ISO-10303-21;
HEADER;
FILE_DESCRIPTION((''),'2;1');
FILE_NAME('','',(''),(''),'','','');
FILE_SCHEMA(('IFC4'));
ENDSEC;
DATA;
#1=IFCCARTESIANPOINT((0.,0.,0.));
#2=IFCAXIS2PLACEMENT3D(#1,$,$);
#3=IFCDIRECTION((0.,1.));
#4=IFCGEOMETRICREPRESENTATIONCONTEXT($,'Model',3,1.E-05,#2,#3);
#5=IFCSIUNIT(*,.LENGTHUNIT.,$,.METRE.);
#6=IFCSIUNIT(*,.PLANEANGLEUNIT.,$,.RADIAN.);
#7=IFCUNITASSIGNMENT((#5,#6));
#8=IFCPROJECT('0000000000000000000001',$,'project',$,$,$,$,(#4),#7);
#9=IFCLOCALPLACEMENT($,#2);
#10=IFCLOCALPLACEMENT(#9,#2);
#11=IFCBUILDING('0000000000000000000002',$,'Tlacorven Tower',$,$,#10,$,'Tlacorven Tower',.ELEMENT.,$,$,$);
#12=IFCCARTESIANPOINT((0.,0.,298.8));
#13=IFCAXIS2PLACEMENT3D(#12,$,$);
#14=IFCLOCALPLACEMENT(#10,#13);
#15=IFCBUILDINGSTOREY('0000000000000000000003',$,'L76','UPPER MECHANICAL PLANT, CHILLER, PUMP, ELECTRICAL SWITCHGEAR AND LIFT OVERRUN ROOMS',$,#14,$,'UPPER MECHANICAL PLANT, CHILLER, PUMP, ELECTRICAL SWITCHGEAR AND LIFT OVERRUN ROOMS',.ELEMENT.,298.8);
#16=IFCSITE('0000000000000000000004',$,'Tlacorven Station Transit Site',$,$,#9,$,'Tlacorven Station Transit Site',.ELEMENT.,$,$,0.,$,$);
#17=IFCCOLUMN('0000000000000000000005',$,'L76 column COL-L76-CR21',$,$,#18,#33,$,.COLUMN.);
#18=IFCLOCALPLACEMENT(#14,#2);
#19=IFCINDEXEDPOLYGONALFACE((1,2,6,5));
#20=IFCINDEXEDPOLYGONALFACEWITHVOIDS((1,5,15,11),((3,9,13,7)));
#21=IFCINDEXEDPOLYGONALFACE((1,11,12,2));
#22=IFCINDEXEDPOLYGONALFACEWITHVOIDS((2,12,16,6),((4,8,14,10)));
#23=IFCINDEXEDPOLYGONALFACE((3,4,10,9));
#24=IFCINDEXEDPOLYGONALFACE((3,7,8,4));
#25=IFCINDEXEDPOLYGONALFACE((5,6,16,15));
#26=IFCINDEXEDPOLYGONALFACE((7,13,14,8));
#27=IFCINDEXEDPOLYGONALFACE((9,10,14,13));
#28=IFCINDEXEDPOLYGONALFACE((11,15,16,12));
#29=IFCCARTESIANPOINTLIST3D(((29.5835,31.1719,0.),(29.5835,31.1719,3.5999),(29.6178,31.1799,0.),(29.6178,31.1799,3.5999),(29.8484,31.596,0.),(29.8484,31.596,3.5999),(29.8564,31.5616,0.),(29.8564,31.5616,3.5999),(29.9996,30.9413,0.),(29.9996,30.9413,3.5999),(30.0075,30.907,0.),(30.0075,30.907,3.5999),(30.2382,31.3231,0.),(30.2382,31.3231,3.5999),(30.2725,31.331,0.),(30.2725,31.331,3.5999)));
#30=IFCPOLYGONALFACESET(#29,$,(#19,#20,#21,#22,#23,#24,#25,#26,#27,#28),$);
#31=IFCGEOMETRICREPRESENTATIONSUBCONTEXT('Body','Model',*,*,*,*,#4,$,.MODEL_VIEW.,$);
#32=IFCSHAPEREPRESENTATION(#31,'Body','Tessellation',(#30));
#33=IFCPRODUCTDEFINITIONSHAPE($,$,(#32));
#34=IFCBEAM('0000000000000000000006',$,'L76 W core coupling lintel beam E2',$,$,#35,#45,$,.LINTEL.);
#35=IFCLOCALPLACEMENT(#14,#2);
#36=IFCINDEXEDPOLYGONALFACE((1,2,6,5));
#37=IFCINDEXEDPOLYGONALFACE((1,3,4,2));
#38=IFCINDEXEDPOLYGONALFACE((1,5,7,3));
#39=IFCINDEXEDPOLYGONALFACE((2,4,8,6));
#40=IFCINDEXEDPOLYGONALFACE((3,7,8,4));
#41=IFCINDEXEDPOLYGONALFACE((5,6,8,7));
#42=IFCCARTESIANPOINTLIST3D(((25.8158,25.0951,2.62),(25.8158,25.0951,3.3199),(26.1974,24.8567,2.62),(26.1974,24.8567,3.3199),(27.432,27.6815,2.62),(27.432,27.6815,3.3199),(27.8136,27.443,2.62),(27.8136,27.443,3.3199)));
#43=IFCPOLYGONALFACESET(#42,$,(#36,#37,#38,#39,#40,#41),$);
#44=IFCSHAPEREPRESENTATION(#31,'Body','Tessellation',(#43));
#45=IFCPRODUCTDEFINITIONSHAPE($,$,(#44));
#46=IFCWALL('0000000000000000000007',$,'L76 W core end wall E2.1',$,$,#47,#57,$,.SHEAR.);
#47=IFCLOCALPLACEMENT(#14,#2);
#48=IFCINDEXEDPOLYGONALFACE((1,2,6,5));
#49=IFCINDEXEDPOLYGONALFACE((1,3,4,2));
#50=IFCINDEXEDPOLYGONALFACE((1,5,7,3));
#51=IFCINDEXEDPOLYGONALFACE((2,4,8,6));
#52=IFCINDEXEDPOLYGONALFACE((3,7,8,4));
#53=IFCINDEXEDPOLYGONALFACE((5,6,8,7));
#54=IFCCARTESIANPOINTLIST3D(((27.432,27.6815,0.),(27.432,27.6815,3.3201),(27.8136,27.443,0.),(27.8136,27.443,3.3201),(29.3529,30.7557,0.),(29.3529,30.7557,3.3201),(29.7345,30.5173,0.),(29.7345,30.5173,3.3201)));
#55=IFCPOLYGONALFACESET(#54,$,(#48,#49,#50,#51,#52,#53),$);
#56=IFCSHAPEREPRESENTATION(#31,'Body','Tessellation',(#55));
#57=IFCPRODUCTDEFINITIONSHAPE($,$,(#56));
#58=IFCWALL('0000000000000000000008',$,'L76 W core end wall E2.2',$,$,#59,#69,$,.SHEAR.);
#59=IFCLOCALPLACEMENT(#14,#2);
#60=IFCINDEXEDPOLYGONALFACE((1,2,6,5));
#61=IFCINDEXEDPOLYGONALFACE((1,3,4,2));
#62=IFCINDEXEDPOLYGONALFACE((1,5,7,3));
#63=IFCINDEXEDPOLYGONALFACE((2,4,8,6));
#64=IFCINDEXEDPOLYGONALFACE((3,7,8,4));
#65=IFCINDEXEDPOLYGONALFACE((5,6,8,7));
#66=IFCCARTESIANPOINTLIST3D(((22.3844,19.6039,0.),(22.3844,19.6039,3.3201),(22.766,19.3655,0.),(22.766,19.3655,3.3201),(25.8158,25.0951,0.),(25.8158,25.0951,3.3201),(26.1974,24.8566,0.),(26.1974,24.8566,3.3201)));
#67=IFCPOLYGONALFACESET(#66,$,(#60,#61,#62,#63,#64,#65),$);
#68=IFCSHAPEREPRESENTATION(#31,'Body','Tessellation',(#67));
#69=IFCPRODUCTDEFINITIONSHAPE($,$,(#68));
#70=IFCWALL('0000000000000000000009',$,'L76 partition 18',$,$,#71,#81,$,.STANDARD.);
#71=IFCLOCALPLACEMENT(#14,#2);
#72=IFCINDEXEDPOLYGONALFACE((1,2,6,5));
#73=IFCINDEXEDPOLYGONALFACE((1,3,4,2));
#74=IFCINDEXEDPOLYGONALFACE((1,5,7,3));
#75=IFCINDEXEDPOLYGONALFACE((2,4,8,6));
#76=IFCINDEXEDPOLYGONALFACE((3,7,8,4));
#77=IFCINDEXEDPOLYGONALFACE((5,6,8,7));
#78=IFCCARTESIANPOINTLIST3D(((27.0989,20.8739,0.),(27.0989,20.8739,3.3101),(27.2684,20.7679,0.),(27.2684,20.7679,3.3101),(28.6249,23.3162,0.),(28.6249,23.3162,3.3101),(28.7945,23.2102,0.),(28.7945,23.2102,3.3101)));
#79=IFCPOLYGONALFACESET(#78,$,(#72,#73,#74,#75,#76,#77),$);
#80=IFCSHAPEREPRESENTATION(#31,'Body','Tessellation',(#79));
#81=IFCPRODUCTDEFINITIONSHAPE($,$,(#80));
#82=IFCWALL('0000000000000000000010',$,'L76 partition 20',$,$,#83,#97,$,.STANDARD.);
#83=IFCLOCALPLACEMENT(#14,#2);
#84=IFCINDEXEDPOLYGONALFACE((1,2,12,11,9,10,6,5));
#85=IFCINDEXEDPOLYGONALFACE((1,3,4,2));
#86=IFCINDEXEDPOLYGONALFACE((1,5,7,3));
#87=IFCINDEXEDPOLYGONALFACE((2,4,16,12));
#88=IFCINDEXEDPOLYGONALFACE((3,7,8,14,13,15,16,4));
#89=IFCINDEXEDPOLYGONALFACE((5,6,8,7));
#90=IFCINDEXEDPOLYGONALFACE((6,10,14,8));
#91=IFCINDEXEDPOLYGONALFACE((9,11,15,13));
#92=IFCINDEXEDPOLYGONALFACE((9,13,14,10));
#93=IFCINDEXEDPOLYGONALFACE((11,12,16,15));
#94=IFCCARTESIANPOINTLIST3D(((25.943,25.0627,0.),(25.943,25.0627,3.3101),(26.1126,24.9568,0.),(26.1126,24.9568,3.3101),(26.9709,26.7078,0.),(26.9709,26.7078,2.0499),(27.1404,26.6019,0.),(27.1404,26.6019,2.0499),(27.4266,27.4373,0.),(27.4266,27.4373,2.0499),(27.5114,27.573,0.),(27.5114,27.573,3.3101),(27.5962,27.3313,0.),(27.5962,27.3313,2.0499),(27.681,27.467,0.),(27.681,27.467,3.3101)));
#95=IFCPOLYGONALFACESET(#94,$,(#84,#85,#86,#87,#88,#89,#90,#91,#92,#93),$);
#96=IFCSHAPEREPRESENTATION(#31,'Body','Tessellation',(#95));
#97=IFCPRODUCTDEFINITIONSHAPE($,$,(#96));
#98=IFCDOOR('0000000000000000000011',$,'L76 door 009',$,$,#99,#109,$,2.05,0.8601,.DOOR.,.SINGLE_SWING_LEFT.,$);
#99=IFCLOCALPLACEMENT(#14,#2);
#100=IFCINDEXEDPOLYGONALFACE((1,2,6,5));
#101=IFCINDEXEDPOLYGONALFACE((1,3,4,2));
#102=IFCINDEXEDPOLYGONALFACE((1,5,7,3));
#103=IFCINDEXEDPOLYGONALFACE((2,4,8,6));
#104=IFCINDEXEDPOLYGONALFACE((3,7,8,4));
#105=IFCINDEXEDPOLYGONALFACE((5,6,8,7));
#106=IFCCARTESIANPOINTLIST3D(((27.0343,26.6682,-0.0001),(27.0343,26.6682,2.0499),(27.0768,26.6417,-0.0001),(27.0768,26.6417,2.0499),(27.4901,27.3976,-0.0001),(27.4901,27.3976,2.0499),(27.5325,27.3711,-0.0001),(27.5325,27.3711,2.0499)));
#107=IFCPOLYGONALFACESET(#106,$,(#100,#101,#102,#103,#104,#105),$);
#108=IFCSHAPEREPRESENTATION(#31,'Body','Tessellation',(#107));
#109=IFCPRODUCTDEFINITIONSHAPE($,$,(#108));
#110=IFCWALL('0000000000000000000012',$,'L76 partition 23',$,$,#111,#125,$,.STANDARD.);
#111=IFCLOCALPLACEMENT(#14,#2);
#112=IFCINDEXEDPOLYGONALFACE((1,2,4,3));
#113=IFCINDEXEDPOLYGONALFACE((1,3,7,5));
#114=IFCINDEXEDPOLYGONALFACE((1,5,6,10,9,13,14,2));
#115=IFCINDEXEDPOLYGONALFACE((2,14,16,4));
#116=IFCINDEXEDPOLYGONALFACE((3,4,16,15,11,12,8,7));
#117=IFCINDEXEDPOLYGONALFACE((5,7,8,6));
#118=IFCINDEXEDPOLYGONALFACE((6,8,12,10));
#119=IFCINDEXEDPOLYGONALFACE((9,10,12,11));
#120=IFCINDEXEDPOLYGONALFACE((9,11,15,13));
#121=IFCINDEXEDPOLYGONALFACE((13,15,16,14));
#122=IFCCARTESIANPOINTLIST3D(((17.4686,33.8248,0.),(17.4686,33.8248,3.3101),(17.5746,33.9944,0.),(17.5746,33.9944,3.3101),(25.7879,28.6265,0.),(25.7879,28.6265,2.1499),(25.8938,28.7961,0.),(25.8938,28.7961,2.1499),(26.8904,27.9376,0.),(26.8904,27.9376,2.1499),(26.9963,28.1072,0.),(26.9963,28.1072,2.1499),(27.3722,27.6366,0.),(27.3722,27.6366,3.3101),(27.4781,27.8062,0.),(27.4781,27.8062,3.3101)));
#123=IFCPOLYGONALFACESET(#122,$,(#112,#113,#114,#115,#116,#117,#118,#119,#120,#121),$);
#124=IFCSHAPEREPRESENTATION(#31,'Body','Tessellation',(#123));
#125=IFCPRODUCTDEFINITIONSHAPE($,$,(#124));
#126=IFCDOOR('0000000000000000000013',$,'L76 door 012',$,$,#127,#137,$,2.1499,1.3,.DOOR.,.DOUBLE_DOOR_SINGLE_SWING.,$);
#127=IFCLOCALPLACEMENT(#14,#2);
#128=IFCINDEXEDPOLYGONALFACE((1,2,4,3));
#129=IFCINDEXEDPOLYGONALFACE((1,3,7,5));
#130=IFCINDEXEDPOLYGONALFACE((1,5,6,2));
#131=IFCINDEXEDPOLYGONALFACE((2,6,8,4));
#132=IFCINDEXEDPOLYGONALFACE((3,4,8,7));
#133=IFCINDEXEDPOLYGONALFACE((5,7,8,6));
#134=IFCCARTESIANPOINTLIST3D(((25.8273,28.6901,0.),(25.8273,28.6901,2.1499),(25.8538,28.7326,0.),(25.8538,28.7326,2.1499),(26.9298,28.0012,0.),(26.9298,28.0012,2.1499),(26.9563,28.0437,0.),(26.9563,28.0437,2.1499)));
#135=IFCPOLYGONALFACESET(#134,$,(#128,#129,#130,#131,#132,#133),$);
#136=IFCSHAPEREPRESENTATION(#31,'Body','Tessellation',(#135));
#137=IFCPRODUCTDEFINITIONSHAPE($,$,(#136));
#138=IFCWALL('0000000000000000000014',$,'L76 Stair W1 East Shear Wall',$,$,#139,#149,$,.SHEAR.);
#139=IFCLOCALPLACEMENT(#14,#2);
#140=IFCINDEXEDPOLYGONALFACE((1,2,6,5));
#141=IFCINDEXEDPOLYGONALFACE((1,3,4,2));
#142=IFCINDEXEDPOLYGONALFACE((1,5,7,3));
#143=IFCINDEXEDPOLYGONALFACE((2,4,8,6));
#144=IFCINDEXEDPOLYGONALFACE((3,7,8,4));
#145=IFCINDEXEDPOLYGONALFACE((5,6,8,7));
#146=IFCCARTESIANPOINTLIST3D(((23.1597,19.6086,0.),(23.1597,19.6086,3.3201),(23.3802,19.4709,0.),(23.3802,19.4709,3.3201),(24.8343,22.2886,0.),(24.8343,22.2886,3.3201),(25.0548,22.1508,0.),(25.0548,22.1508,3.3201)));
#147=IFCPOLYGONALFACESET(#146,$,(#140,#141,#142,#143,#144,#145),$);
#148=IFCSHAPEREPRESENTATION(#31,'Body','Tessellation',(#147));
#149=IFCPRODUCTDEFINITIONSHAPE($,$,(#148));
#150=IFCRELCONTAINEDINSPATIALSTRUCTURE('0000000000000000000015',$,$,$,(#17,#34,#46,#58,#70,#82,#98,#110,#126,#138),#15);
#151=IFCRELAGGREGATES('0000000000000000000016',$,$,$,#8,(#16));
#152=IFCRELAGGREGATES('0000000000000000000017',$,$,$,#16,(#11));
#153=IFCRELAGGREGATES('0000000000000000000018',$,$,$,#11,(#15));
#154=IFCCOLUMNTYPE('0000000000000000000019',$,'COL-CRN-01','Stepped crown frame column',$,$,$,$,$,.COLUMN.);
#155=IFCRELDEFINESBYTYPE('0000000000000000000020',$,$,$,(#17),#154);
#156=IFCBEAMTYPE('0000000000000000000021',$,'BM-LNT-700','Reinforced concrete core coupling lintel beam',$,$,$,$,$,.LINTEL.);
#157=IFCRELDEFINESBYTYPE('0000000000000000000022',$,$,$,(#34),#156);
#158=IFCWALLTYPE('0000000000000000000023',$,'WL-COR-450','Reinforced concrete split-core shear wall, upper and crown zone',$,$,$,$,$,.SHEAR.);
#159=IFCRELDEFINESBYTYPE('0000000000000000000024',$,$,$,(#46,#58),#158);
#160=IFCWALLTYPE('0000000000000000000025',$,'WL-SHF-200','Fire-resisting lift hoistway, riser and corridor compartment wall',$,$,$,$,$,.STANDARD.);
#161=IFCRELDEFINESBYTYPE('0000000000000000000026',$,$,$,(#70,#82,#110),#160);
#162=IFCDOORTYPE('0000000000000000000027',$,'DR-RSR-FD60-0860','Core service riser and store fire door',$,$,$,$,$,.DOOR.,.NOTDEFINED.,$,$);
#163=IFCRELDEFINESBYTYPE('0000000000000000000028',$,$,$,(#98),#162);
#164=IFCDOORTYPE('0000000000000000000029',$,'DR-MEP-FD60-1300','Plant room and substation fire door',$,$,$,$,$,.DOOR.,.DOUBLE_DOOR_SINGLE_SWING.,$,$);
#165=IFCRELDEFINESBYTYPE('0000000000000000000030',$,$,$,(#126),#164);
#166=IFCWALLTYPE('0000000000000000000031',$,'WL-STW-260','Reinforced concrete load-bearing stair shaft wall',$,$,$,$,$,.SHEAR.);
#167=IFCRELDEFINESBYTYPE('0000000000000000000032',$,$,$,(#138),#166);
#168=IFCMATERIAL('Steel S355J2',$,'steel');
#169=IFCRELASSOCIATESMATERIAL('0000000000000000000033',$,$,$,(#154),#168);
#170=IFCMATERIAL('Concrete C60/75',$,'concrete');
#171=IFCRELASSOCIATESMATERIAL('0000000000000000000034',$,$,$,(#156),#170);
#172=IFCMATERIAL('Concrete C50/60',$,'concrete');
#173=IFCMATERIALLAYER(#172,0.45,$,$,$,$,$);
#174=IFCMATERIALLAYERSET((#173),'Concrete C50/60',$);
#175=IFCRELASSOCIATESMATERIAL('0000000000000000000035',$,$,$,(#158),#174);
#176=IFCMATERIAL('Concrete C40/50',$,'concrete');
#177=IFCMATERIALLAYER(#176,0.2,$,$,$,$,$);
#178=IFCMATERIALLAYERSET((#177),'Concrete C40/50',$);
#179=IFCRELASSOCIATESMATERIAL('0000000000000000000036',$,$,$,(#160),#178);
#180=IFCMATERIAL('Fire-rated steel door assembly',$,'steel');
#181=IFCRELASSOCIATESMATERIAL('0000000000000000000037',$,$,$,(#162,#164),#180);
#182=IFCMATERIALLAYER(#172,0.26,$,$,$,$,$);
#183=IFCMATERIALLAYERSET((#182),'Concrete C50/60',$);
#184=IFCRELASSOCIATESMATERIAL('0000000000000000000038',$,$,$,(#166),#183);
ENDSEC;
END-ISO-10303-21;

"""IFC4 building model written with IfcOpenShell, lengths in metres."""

from ifc_helpers import new_model, si_unit, direction, frame, frame_2d, origin, origin_2d, place, context, subcontext, project, spatial, rectangle, hollow_rectangle, extrude, source, transform, mapped, material, layer, layer_set, material_profile, profile_set, type_object, element, fill, save


model = new_model("IFC4")

# Units and contexts
model_context = context("Model", 3, precision=1e-05, world=origin(), true_north=direction((0.0, 1.0)))
body_context = subcontext(model_context, "Body", "Model", "MODEL_VIEW")
ifc_project = project(units=[si_unit("LENGTHUNIT", "METRE"), si_unit("PLANEANGLEUNIT", "RADIAN")], contexts=[model_context])

# Site, building, storey
site_placement = place(None, origin())
site = spatial("IfcSite", under=ifc_project, at=site_placement, Name="Tlacorven Station Transit Site", LongName="Tlacorven Station Transit Site", CompositionType="ELEMENT", RefElevation=0.0)
building_placement = place(site_placement, origin())
building = spatial("IfcBuilding", under=site, at=building_placement, Name="Tlacorven Tower", LongName="Tlacorven Tower", CompositionType="ELEMENT")
storey_placement = place(building_placement, frame((0.0, 0.0, 298.8)))
storey = spatial("IfcBuildingStorey", under=building, at=storey_placement, Name="L76", Description="UPPER MECHANICAL PLANT, CHILLER, PUMP, ELECTRICAL SWITCHGEAR AND LIFT OVERRUN ROOMS", LongName="UPPER MECHANICAL PLANT, CHILLER, PUMP, ELECTRICAL SWITCHGEAR AND LIFT OVERRUN ROOMS", CompositionType="ELEMENT", Elevation=298.8)

# Column
ifc_material_1 = material(Name="Steel S355J2", Category="steel")
ifc_material_profile_1 = material_profile(ifc_material_1, hollow_rectangle(XDim=0.5, YDim=0.5, WallThickness=0.0249, at=origin_2d()), Name="BOX 500X500X25")
ifc_profile_set_1 = profile_set([ifc_material_profile_1], Name="Steel S355J2")
column_type = type_object("IfcColumnType", Name="COL-CRN-01", Description="Stepped crown frame column", PredefinedType="COLUMN", material=ifc_profile_set_1)
shared_shape_1 = source(origin(), body_context, "Body", "SweptSolid", [
    extrude(hollow_rectangle(XDim=0.5, YDim=0.5, WallThickness=0.0249, at=origin_2d()), origin(), (0.0, 0.0, 1.0), 3.5999),
])
column_placement = place(storey_placement, frame((29.928, 31.2515, 0.0), z_axis=(0.0, 0.0, 1.0), x_axis=(-0.848048, 0.529919, 0.0)))
element("IfcColumn", 1, at=column_placement, inside=storey, type_object=column_type, Name="L76 column COL-L76-CR21", PredefinedType="COLUMN", context=body_context, shape_type="MappedRepresentation", body=[
    mapped(shared_shape_1, transform((0.0, 0.0, 0.0), scale=1.0)),
])

# Beam
ifc_material_2 = material(Name="Concrete C60/75", Category="concrete")
ifc_material_profile_2 = material_profile(ifc_material_2, rectangle(XDim=0.45, YDim=0.7, at=origin_2d()), Name="RC 450X700")
ifc_profile_set_2 = profile_set([ifc_material_profile_2], Name="Concrete C60/75")
beam_type = type_object("IfcBeamType", Name="BM-LNT-700", Description="Reinforced concrete core coupling lintel beam", PredefinedType="LINTEL", material=ifc_profile_set_2)
shared_shape_2 = source(origin(), body_context, "Body", "SweptSolid", [
    extrude(rectangle(XDim=0.45, YDim=0.7, at=origin_2d()), origin(), (0.0, 0.0, 1.0), 3.0498),
])
beam_placement = place(storey_placement, frame((27.6228, 27.5623, 2.97), z_axis=(-0.529927, -0.848043, 0.0), x_axis=(0.848043, -0.529927, 0.0)))
element("IfcBeam", 2, at=beam_placement, inside=storey, type_object=beam_type, Name="L76 W core coupling lintel beam E2", PredefinedType="LINTEL", context=body_context, shape_type="MappedRepresentation", body=[
    mapped(shared_shape_2, transform((0.0, 0.0, 0.0), scale=1.0)),
])

# Walls
ifc_material_3 = material(Name="Concrete C50/60", Category="concrete")
ifc_layer_1 = layer(ifc_material_3, 0.45)
ifc_layer_set_1 = layer_set([ifc_layer_1], Name="Concrete C50/60")
wall_type_1 = type_object("IfcWallType", Name="WL-COR-450", Description="Reinforced concrete split-core shear wall, upper and crown zone", PredefinedType="SHEAR", material=ifc_layer_set_1)
wall_1_placement = place(storey_placement, frame((29.5437, 30.6365, 0.0), z_axis=(0.0, 0.0, 1.0), x_axis=(-0.529902, -0.848059, 0.0)))
element("IfcWall", 3, at=wall_1_placement, inside=storey, type_object=wall_type_1, Name="L76 W core end wall E2.1", PredefinedType="SHEAR", context=body_context, shape_type="SweptSolid", body=[
    extrude(rectangle(XDim=3.625, YDim=0.45, at=frame_2d((1.8125, 0.0))), origin(), (0.0, 0.0, 1.0), 3.3201),
])
wall_2_placement = place(storey_placement, frame((26.0066, 24.9758, 0.0), z_axis=(0.0, 0.0, 1.0), x_axis=(-0.529931, -0.848041, 0.0)))
element("IfcWall", 4, at=wall_2_placement, inside=storey, type_object=wall_type_1, Name="L76 W core end wall E2.2", PredefinedType="SHEAR", context=body_context, shape_type="SweptSolid", body=[
    extrude(rectangle(XDim=6.4751, YDim=0.45, at=frame_2d((3.2375, 0.0))), origin(), (0.0, 0.0, 1.0), 3.3201),
])
ifc_material_4 = material(Name="Concrete C40/50", Category="concrete")
ifc_layer_2 = layer(ifc_material_4, 0.2)
ifc_layer_set_2 = layer_set([ifc_layer_2], Name="Concrete C40/50")
wall_type_2 = type_object("IfcWallType", Name="WL-SHF-200", Description="Fire-resisting lift hoistway, riser and corridor compartment wall", PredefinedType="STANDARD", material=ifc_layer_set_2)
wall_3_placement = place(storey_placement, frame((28.7097, 23.2632, 0.0), z_axis=(0.0, 0.0, 1.0), x_axis=(-0.529907, -0.848055, 0.0)))
element("IfcWall", 5, at=wall_3_placement, inside=storey, type_object=wall_type_2, Name="L76 partition 18", PredefinedType="STANDARD", context=body_context, shape_type="SweptSolid", body=[
    extrude(rectangle(XDim=2.8799, YDim=0.2, at=frame_2d((1.4399, 0.0))), origin(), (0.0, 0.0, 1.0), 3.3101),
])

# Wall, opening, door
wall_4_placement = place(storey_placement, frame((27.5962, 27.52, 0.0), z_axis=(0.0, 0.0, 1.0), x_axis=(-0.529865, -0.848082, 0.0)))
wall_4 = element("IfcWall", 6, at=wall_4_placement, inside=storey, type_object=wall_type_2, Name="L76 partition 20", PredefinedType="STANDARD", context=body_context, shape_type="SweptSolid", body=[
    extrude(rectangle(XDim=2.96, YDim=0.2, at=frame_2d((1.48, 0.0))), origin(), (0.0, 0.0, 1.0), 3.3101),
])
opening_1_placement = place(wall_4_placement, frame((0.1599, 0.0, 0.0)))
opening_1 = element("IfcOpeningElement", 7, at=opening_1_placement, cuts=wall_4, PredefinedType="OPENING", context=body_context, shape_type="SweptSolid", body=[
    extrude(rectangle(XDim=0.8601, YDim=2.05, at=frame_2d((0.4302, 1.0249))), frame((0.0, 0.1099, 0.0), z_axis=(0.0, -1.0, 0.0), x_axis=(1.0, 0.0, 0.0)), (0.0, 0.0, 1.0), 0.22),
])
ifc_material_5 = material(Name="Fire-rated steel door assembly", Category="steel")
door_type_1 = type_object("IfcDoorType", Name="DR-RSR-FD60-0860", Description="Core service riser and store fire door", OperationType="NOTDEFINED", PredefinedType="DOOR", material=ifc_material_5)
shared_shape_3 = source(origin(), body_context, "Body", "SweptSolid", [
    extrude(rectangle(XDim=0.8601, YDim=2.05, at=frame_2d((0.4302, 1.0249))), frame((0.0, 0.0249, 0.0), z_axis=(0.0, -1.0, 0.0), x_axis=(1.0, 0.0, 0.0)), (0.0, 0.0, 1.0), 0.05),
])
door_1_placement = place(opening_1_placement, origin())
door_1 = element("IfcDoor", 8, at=door_1_placement, inside=storey, type_object=door_type_1, Name="L76 door 009", OperationType="SINGLE_SWING_LEFT", OverallHeight=2.05, OverallWidth=0.8601, PredefinedType="DOOR", context=body_context, shape_type="MappedRepresentation", body=[
    mapped(shared_shape_3, transform((0.0, 0.0, 0.0), scale=1.0)),
])
fill(opening_1, door_1)

# Shared definitions
door_type_2 = type_object("IfcDoorType", Name="DR-MEP-FD60-1300", Description="Plant room and substation fire door", OperationType="DOUBLE_DOOR_SINGLE_SWING", PredefinedType="DOOR", material=ifc_material_5)
shared_shape_4 = source(origin(), body_context, "Body", "SweptSolid", [
    extrude(rectangle(XDim=1.3, YDim=2.1499, at=frame_2d((0.6499, 1.075))), frame((0.0, 0.0249, 0.0), z_axis=(0.0, -1.0, 0.0), x_axis=(1.0, 0.0, 0.0)), (0.0, 0.0, 1.0), 0.05),
])

# Wall, opening, door
wall_5_placement = place(storey_placement, frame((27.425, 27.7214, 0.0), z_axis=(0.0, 0.0, 1.0), x_axis=(-0.848056, 0.529907, 0.0)))
wall_5 = element("IfcWall", 9, at=wall_5_placement, inside=storey, type_object=wall_type_2, Name="L76 partition 23", PredefinedType="STANDARD", context=body_context, shape_type="SweptSolid", body=[
    extrude(rectangle(XDim=11.678, YDim=0.2, at=frame_2d((5.8389, 0.0))), origin(), (0.0, 0.0, 1.0), 3.3101),
])
opening_2_placement = place(wall_5_placement, frame((0.5681, 0.0, 0.0)))
opening_2 = element("IfcOpeningElement", 10, at=opening_2_placement, cuts=wall_5, PredefinedType="OPENING", context=body_context, shape_type="SweptSolid", body=[
    extrude(rectangle(XDim=1.3, YDim=2.1499, at=frame_2d((0.6499, 1.075))), frame((0.0, 0.1099, 0.0), z_axis=(0.0, -1.0, 0.0), x_axis=(1.0, 0.0, 0.0)), (0.0, 0.0, 1.0), 0.22),
])
door_2_placement = place(opening_2_placement, frame((1.3, 0.0, 0.0), z_axis=(0.0, 0.0, 1.0), x_axis=(-1.0, 0.0, 0.0)))
door_2 = element("IfcDoor", 11, at=door_2_placement, inside=storey, type_object=door_type_2, Name="L76 door 012", OperationType="DOUBLE_DOOR_SINGLE_SWING", OverallHeight=2.1499, OverallWidth=1.3, PredefinedType="DOOR", context=body_context, shape_type="MappedRepresentation", body=[
    mapped(shared_shape_4, transform((0.0, 0.0, 0.0), scale=1.0)),
])
fill(opening_2, door_2)

# Wall
ifc_layer_3 = layer(ifc_material_3, 0.26)
ifc_layer_set_3 = layer_set([ifc_layer_3], Name="Concrete C50/60")
wall_type_3 = type_object("IfcWallType", Name="WL-STW-260", Description="Reinforced concrete load-bearing stair shaft wall", PredefinedType="SHEAR", material=ifc_layer_set_3)
wall_6_placement = place(storey_placement, frame((24.9446, 22.2197, 0.0), z_axis=(0.0, 0.0, 1.0), x_axis=(-0.529909, -0.848055, 0.0)))
element("IfcWall", 12, at=wall_6_placement, inside=storey, type_object=wall_type_3, Name="L76 Stair W1 East Shear Wall", PredefinedType="SHEAR", context=body_context, shape_type="SweptSolid", body=[
    extrude(rectangle(XDim=3.1602, YDim=0.26, at=frame_2d((1.5801, 0.0))), origin(), (0.0, 0.0, 1.0), 3.3201),
])

save(model, "model.ifc")
